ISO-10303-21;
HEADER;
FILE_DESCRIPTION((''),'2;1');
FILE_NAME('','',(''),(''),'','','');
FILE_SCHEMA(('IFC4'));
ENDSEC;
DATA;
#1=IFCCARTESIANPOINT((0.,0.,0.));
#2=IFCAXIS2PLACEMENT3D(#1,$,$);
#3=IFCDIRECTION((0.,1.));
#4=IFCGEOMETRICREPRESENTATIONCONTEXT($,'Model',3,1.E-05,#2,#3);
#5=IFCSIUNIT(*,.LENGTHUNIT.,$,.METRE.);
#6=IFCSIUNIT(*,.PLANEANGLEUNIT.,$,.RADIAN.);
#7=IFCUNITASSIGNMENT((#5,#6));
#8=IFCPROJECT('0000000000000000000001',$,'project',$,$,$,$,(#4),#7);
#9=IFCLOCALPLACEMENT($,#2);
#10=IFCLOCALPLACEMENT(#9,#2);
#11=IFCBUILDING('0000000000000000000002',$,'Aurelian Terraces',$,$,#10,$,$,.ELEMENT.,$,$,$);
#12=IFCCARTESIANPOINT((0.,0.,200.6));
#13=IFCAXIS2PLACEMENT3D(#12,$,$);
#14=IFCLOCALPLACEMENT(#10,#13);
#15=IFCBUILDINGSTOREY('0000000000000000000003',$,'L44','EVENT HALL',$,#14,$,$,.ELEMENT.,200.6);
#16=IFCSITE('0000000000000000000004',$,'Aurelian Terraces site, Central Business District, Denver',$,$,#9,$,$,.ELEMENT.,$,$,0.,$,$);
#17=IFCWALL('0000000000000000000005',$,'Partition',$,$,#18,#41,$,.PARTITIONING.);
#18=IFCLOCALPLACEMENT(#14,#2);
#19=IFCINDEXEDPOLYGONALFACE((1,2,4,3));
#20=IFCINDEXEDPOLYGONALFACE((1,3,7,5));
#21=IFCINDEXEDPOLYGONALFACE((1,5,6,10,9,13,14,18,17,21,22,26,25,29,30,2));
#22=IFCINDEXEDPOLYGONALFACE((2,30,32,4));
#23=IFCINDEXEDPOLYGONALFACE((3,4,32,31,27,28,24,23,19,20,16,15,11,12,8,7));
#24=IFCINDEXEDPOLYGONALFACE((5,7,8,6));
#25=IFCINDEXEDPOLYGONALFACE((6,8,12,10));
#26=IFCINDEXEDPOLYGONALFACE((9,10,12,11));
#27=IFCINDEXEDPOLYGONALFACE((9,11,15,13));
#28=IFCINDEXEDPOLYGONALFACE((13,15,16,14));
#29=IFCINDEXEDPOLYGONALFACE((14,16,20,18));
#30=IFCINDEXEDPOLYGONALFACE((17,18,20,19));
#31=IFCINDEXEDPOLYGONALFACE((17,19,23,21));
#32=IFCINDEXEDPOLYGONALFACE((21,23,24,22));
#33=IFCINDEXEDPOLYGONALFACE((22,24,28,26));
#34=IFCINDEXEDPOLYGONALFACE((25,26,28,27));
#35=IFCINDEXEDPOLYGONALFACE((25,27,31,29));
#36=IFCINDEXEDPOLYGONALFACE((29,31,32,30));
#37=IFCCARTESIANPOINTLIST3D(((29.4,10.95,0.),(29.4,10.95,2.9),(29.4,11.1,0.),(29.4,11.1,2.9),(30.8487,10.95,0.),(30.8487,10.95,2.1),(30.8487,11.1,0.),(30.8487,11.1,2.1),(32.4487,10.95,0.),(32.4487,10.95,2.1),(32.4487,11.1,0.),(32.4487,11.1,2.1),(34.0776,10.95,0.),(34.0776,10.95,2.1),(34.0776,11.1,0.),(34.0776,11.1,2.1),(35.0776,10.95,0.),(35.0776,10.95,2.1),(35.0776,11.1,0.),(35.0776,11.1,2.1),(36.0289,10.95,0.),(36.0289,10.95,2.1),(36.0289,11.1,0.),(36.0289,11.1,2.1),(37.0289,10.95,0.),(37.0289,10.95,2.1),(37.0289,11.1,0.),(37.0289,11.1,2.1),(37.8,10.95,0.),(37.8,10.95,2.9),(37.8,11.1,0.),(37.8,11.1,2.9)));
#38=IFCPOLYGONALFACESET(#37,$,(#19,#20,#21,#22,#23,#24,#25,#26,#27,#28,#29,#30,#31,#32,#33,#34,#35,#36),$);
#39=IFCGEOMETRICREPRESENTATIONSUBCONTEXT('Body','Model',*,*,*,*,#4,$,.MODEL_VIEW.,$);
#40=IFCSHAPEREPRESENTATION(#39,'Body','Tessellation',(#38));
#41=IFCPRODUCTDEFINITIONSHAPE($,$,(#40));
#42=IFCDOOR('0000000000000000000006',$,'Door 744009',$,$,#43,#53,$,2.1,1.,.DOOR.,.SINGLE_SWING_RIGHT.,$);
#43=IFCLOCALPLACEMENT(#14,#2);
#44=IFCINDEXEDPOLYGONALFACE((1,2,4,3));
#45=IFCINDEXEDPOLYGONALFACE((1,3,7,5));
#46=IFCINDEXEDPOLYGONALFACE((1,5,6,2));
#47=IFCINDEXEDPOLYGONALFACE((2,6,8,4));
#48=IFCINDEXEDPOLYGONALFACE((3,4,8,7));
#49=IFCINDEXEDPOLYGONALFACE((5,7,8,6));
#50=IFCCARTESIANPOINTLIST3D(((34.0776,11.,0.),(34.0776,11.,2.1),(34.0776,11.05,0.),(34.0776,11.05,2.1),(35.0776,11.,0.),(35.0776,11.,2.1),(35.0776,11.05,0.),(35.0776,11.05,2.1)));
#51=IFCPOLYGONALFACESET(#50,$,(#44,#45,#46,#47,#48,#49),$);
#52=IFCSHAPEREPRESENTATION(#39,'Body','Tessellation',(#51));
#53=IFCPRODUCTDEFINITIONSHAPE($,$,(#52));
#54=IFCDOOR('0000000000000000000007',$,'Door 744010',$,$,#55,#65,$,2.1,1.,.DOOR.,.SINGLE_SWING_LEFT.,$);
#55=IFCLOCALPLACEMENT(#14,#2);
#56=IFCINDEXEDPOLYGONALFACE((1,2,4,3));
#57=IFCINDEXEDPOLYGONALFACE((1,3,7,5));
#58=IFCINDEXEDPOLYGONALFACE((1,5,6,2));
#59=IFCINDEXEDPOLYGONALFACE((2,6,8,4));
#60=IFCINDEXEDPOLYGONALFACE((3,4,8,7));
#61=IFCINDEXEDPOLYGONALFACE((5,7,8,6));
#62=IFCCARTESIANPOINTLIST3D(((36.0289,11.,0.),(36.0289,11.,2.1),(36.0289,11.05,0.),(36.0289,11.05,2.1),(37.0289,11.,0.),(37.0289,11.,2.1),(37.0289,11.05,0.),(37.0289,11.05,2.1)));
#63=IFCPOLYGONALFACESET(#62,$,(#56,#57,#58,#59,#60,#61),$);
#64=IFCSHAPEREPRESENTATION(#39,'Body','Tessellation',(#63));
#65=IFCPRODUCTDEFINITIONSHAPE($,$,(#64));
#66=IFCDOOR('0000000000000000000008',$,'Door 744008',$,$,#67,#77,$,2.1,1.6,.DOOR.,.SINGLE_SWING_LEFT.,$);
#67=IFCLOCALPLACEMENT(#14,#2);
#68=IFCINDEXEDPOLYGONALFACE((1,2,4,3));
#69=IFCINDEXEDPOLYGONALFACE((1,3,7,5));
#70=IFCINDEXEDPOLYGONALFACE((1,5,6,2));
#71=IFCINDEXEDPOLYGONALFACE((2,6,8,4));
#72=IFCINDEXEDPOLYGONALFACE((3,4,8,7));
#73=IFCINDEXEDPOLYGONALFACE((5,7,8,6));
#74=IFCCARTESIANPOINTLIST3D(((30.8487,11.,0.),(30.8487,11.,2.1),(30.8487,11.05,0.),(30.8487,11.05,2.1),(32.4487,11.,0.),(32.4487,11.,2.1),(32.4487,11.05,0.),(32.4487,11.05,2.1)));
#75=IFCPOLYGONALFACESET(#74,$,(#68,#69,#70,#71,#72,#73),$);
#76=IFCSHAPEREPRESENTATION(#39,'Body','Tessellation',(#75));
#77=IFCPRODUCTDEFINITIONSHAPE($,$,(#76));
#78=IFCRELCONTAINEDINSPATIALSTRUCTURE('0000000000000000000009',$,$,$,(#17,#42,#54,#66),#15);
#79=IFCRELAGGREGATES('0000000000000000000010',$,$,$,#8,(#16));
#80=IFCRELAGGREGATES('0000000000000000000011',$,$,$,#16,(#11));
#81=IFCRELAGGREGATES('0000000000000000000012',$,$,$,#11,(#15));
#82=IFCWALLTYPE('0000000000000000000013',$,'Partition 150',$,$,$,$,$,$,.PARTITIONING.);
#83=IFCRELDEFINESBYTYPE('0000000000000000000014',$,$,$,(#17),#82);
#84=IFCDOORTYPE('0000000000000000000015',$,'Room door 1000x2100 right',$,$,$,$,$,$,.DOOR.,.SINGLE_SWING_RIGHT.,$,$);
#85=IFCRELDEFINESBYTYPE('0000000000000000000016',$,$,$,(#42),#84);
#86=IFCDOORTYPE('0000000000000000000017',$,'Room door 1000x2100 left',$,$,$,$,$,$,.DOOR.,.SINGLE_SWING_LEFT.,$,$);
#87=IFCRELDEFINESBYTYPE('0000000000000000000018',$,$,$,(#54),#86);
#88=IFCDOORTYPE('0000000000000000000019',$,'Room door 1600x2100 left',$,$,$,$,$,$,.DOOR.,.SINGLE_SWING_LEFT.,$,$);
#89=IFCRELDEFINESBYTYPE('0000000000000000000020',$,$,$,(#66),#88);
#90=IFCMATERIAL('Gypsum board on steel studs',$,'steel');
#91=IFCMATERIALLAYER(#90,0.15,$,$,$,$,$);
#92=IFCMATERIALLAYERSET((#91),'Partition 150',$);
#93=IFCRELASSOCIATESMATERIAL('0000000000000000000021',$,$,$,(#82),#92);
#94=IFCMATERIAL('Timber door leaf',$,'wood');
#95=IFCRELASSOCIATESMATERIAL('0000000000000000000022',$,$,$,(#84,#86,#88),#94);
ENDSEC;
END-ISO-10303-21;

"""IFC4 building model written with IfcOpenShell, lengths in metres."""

from ifc_helpers import new_model, si_unit, direction, frame, frame_2d, origin, place, context, subcontext, project, spatial, rectangle, extrude, source, transform, mapped, material, layer, layer_set, type_object, element, fill, save


model = new_model("IFC4")

# Units and contexts
model_context = context("Model", 3, precision=1e-05, world=origin(), true_north=direction((0.0, 1.0)))
body_context = subcontext(model_context, "Body", "Model", "MODEL_VIEW")
ifc_project = project(units=[si_unit("LENGTHUNIT", "METRE"), si_unit("PLANEANGLEUNIT", "RADIAN")], contexts=[model_context])

# Site, building, storey
site_placement = place(None, origin())
site = spatial("IfcSite", under=ifc_project, at=site_placement, Name="Aurelian Terraces site, Central Business District, Denver", CompositionType="ELEMENT", RefElevation=0.0)
building_placement = place(site_placement, origin())
building = spatial("IfcBuilding", under=site, at=building_placement, Name="Aurelian Terraces", CompositionType="ELEMENT")
storey_placement = place(building_placement, frame((0.0, 0.0, 200.6)))
storey = spatial("IfcBuildingStorey", under=building, at=storey_placement, Name="L44", Description="EVENT HALL", CompositionType="ELEMENT", Elevation=200.6)

# Shared definitions
ifc_material_1 = material(Name="Gypsum board on steel studs", Category="steel")

# Shared definitions
ifc_layer_1 = layer(ifc_material_1, 0.15)
ifc_layer_set_1 = layer_set([ifc_layer_1], Name="Partition 150")
wall_type_1 = type_object("IfcWallType", Name="Partition 150", PredefinedType="PARTITIONING", material=ifc_layer_set_1)

# Wall, openings, doors
shared_shape_1 = source(origin(), body_context, "Body", "SweptSolid", [
    extrude(rectangle(XDim=8.4, YDim=0.15, at=frame_2d((4.2, 0.0))), origin(), (0.0, 0.0, 1.0), 2.9),
])
wall_1_placement = place(storey_placement, frame((37.8, 11.025, 0.0), z_axis=(0.0, 0.0, 1.0), x_axis=(-1.0, 0.0, 0.0)))
wall_1 = element("IfcWall", 1, at=wall_1_placement, inside=storey, type_object=wall_type_1, Name="Partition", PredefinedType="PARTITIONING", context=body_context, shape_type="MappedRepresentation", body=[
    mapped(shared_shape_1, transform((0.0, 0.0, 0.0), scale=1.0)),
])
shared_shape_2 = source(origin(), body_context, "Body", "SweptSolid", [
    extrude(rectangle(XDim=1.6, YDim=2.1, at=frame_2d((0.8, 1.05))), frame((0.0, 0.085, 0.0), z_axis=(0.0, -1.0, 0.0), x_axis=(1.0, 0.0, 0.0)), (0.0, 0.0, 1.0), 0.17),
])
opening_1_placement = place(wall_1_placement, frame((5.3513, 0.0, 0.0)))
opening_1 = element("IfcOpeningElement", 2, at=opening_1_placement, cuts=wall_1, PredefinedType="OPENING", context=body_context, shape_type="MappedRepresentation", body=[
    mapped(shared_shape_2, transform((0.0, 0.0, 0.0), scale=1.0)),
])
shared_shape_3 = source(origin(), body_context, "Body", "SweptSolid", [
    extrude(rectangle(XDim=1.0, YDim=2.1, at=frame_2d((0.5, 1.05))), frame((0.0, 0.085, 0.0), z_axis=(0.0, -1.0, 0.0), x_axis=(1.0, 0.0, 0.0)), (0.0, 0.0, 1.0), 0.17),
])
opening_2_placement = place(wall_1_placement, frame((2.7224, 0.0, 0.0)))
opening_2 = element("IfcOpeningElement", 3, at=opening_2_placement, cuts=wall_1, PredefinedType="OPENING", context=body_context, shape_type="MappedRepresentation", body=[
    mapped(shared_shape_3, transform((0.0, 0.0, 0.0), scale=1.0)),
])
opening_3_placement = place(wall_1_placement, frame((0.7711, 0.0, 0.0)))
opening_3 = element("IfcOpeningElement", 4, at=opening_3_placement, cuts=wall_1, PredefinedType="OPENING", context=body_context, shape_type="MappedRepresentation", body=[
    mapped(shared_shape_3, transform((0.0, 0.0, 0.0), scale=1.0)),
])
ifc_material_2 = material(Name="Timber door leaf", Category="wood")
door_type_1 = type_object("IfcDoorType", Name="Room door 1000x2100 right", OperationType="SINGLE_SWING_RIGHT", PredefinedType="DOOR", material=ifc_material_2)
shared_shape_4 = source(origin(), body_context, "Body", "SweptSolid", [
    extrude(rectangle(XDim=1.0, YDim=2.1, at=frame_2d((0.5, 1.05))), frame((0.0, 0.025, 0.0), z_axis=(0.0, -1.0, 0.0), x_axis=(1.0, 0.0, 0.0)), (0.0, 0.0, 1.0), 0.05),
])
door_1_placement = place(opening_2_placement, origin())
door_1 = element("IfcDoor", 5, at=door_1_placement, inside=storey, type_object=door_type_1, Name="Door 744009", OperationType="SINGLE_SWING_RIGHT", OverallHeight=2.1, OverallWidth=1.0, PredefinedType="DOOR", context=body_context, shape_type="MappedRepresentation", body=[
    mapped(shared_shape_4, transform((0.0, 0.0, 0.0), scale=1.0)),
])
fill(opening_2, door_1)
door_type_2 = type_object("IfcDoorType", Name="Room door 1000x2100 left", OperationType="SINGLE_SWING_LEFT", PredefinedType="DOOR", material=ifc_material_2)
door_2_placement = place(opening_3_placement, origin())
door_2 = element("IfcDoor", 6, at=door_2_placement, inside=storey, type_object=door_type_2, Name="Door 744010", OperationType="SINGLE_SWING_LEFT", OverallHeight=2.1, OverallWidth=1.0, PredefinedType="DOOR", context=body_context, shape_type="MappedRepresentation", body=[
    mapped(shared_shape_4, transform((0.0, 0.0, 0.0), scale=1.0)),
])
fill(opening_3, door_2)
door_type_3 = type_object("IfcDoorType", Name="Room door 1600x2100 left", OperationType="SINGLE_SWING_LEFT", PredefinedType="DOOR", material=ifc_material_2)
shared_shape_5 = source(origin(), body_context, "Body", "SweptSolid", [
    extrude(rectangle(XDim=1.6, YDim=2.1, at=frame_2d((0.8, 1.05))), frame((0.0, 0.025, 0.0), z_axis=(0.0, -1.0, 0.0), x_axis=(1.0, 0.0, 0.0)), (0.0, 0.0, 1.0), 0.05),
])
door_3_placement = place(opening_1_placement, origin())
door_3 = element("IfcDoor", 7, at=door_3_placement, inside=storey, type_object=door_type_3, Name="Door 744008", OperationType="SINGLE_SWING_LEFT", OverallHeight=2.1, OverallWidth=1.6, PredefinedType="DOOR", context=body_context, shape_type="MappedRepresentation", body=[
    mapped(shared_shape_5, transform((0.0, 0.0, 0.0), scale=1.0)),
])
fill(opening_1, door_3)

save(model, "model.ifc")
